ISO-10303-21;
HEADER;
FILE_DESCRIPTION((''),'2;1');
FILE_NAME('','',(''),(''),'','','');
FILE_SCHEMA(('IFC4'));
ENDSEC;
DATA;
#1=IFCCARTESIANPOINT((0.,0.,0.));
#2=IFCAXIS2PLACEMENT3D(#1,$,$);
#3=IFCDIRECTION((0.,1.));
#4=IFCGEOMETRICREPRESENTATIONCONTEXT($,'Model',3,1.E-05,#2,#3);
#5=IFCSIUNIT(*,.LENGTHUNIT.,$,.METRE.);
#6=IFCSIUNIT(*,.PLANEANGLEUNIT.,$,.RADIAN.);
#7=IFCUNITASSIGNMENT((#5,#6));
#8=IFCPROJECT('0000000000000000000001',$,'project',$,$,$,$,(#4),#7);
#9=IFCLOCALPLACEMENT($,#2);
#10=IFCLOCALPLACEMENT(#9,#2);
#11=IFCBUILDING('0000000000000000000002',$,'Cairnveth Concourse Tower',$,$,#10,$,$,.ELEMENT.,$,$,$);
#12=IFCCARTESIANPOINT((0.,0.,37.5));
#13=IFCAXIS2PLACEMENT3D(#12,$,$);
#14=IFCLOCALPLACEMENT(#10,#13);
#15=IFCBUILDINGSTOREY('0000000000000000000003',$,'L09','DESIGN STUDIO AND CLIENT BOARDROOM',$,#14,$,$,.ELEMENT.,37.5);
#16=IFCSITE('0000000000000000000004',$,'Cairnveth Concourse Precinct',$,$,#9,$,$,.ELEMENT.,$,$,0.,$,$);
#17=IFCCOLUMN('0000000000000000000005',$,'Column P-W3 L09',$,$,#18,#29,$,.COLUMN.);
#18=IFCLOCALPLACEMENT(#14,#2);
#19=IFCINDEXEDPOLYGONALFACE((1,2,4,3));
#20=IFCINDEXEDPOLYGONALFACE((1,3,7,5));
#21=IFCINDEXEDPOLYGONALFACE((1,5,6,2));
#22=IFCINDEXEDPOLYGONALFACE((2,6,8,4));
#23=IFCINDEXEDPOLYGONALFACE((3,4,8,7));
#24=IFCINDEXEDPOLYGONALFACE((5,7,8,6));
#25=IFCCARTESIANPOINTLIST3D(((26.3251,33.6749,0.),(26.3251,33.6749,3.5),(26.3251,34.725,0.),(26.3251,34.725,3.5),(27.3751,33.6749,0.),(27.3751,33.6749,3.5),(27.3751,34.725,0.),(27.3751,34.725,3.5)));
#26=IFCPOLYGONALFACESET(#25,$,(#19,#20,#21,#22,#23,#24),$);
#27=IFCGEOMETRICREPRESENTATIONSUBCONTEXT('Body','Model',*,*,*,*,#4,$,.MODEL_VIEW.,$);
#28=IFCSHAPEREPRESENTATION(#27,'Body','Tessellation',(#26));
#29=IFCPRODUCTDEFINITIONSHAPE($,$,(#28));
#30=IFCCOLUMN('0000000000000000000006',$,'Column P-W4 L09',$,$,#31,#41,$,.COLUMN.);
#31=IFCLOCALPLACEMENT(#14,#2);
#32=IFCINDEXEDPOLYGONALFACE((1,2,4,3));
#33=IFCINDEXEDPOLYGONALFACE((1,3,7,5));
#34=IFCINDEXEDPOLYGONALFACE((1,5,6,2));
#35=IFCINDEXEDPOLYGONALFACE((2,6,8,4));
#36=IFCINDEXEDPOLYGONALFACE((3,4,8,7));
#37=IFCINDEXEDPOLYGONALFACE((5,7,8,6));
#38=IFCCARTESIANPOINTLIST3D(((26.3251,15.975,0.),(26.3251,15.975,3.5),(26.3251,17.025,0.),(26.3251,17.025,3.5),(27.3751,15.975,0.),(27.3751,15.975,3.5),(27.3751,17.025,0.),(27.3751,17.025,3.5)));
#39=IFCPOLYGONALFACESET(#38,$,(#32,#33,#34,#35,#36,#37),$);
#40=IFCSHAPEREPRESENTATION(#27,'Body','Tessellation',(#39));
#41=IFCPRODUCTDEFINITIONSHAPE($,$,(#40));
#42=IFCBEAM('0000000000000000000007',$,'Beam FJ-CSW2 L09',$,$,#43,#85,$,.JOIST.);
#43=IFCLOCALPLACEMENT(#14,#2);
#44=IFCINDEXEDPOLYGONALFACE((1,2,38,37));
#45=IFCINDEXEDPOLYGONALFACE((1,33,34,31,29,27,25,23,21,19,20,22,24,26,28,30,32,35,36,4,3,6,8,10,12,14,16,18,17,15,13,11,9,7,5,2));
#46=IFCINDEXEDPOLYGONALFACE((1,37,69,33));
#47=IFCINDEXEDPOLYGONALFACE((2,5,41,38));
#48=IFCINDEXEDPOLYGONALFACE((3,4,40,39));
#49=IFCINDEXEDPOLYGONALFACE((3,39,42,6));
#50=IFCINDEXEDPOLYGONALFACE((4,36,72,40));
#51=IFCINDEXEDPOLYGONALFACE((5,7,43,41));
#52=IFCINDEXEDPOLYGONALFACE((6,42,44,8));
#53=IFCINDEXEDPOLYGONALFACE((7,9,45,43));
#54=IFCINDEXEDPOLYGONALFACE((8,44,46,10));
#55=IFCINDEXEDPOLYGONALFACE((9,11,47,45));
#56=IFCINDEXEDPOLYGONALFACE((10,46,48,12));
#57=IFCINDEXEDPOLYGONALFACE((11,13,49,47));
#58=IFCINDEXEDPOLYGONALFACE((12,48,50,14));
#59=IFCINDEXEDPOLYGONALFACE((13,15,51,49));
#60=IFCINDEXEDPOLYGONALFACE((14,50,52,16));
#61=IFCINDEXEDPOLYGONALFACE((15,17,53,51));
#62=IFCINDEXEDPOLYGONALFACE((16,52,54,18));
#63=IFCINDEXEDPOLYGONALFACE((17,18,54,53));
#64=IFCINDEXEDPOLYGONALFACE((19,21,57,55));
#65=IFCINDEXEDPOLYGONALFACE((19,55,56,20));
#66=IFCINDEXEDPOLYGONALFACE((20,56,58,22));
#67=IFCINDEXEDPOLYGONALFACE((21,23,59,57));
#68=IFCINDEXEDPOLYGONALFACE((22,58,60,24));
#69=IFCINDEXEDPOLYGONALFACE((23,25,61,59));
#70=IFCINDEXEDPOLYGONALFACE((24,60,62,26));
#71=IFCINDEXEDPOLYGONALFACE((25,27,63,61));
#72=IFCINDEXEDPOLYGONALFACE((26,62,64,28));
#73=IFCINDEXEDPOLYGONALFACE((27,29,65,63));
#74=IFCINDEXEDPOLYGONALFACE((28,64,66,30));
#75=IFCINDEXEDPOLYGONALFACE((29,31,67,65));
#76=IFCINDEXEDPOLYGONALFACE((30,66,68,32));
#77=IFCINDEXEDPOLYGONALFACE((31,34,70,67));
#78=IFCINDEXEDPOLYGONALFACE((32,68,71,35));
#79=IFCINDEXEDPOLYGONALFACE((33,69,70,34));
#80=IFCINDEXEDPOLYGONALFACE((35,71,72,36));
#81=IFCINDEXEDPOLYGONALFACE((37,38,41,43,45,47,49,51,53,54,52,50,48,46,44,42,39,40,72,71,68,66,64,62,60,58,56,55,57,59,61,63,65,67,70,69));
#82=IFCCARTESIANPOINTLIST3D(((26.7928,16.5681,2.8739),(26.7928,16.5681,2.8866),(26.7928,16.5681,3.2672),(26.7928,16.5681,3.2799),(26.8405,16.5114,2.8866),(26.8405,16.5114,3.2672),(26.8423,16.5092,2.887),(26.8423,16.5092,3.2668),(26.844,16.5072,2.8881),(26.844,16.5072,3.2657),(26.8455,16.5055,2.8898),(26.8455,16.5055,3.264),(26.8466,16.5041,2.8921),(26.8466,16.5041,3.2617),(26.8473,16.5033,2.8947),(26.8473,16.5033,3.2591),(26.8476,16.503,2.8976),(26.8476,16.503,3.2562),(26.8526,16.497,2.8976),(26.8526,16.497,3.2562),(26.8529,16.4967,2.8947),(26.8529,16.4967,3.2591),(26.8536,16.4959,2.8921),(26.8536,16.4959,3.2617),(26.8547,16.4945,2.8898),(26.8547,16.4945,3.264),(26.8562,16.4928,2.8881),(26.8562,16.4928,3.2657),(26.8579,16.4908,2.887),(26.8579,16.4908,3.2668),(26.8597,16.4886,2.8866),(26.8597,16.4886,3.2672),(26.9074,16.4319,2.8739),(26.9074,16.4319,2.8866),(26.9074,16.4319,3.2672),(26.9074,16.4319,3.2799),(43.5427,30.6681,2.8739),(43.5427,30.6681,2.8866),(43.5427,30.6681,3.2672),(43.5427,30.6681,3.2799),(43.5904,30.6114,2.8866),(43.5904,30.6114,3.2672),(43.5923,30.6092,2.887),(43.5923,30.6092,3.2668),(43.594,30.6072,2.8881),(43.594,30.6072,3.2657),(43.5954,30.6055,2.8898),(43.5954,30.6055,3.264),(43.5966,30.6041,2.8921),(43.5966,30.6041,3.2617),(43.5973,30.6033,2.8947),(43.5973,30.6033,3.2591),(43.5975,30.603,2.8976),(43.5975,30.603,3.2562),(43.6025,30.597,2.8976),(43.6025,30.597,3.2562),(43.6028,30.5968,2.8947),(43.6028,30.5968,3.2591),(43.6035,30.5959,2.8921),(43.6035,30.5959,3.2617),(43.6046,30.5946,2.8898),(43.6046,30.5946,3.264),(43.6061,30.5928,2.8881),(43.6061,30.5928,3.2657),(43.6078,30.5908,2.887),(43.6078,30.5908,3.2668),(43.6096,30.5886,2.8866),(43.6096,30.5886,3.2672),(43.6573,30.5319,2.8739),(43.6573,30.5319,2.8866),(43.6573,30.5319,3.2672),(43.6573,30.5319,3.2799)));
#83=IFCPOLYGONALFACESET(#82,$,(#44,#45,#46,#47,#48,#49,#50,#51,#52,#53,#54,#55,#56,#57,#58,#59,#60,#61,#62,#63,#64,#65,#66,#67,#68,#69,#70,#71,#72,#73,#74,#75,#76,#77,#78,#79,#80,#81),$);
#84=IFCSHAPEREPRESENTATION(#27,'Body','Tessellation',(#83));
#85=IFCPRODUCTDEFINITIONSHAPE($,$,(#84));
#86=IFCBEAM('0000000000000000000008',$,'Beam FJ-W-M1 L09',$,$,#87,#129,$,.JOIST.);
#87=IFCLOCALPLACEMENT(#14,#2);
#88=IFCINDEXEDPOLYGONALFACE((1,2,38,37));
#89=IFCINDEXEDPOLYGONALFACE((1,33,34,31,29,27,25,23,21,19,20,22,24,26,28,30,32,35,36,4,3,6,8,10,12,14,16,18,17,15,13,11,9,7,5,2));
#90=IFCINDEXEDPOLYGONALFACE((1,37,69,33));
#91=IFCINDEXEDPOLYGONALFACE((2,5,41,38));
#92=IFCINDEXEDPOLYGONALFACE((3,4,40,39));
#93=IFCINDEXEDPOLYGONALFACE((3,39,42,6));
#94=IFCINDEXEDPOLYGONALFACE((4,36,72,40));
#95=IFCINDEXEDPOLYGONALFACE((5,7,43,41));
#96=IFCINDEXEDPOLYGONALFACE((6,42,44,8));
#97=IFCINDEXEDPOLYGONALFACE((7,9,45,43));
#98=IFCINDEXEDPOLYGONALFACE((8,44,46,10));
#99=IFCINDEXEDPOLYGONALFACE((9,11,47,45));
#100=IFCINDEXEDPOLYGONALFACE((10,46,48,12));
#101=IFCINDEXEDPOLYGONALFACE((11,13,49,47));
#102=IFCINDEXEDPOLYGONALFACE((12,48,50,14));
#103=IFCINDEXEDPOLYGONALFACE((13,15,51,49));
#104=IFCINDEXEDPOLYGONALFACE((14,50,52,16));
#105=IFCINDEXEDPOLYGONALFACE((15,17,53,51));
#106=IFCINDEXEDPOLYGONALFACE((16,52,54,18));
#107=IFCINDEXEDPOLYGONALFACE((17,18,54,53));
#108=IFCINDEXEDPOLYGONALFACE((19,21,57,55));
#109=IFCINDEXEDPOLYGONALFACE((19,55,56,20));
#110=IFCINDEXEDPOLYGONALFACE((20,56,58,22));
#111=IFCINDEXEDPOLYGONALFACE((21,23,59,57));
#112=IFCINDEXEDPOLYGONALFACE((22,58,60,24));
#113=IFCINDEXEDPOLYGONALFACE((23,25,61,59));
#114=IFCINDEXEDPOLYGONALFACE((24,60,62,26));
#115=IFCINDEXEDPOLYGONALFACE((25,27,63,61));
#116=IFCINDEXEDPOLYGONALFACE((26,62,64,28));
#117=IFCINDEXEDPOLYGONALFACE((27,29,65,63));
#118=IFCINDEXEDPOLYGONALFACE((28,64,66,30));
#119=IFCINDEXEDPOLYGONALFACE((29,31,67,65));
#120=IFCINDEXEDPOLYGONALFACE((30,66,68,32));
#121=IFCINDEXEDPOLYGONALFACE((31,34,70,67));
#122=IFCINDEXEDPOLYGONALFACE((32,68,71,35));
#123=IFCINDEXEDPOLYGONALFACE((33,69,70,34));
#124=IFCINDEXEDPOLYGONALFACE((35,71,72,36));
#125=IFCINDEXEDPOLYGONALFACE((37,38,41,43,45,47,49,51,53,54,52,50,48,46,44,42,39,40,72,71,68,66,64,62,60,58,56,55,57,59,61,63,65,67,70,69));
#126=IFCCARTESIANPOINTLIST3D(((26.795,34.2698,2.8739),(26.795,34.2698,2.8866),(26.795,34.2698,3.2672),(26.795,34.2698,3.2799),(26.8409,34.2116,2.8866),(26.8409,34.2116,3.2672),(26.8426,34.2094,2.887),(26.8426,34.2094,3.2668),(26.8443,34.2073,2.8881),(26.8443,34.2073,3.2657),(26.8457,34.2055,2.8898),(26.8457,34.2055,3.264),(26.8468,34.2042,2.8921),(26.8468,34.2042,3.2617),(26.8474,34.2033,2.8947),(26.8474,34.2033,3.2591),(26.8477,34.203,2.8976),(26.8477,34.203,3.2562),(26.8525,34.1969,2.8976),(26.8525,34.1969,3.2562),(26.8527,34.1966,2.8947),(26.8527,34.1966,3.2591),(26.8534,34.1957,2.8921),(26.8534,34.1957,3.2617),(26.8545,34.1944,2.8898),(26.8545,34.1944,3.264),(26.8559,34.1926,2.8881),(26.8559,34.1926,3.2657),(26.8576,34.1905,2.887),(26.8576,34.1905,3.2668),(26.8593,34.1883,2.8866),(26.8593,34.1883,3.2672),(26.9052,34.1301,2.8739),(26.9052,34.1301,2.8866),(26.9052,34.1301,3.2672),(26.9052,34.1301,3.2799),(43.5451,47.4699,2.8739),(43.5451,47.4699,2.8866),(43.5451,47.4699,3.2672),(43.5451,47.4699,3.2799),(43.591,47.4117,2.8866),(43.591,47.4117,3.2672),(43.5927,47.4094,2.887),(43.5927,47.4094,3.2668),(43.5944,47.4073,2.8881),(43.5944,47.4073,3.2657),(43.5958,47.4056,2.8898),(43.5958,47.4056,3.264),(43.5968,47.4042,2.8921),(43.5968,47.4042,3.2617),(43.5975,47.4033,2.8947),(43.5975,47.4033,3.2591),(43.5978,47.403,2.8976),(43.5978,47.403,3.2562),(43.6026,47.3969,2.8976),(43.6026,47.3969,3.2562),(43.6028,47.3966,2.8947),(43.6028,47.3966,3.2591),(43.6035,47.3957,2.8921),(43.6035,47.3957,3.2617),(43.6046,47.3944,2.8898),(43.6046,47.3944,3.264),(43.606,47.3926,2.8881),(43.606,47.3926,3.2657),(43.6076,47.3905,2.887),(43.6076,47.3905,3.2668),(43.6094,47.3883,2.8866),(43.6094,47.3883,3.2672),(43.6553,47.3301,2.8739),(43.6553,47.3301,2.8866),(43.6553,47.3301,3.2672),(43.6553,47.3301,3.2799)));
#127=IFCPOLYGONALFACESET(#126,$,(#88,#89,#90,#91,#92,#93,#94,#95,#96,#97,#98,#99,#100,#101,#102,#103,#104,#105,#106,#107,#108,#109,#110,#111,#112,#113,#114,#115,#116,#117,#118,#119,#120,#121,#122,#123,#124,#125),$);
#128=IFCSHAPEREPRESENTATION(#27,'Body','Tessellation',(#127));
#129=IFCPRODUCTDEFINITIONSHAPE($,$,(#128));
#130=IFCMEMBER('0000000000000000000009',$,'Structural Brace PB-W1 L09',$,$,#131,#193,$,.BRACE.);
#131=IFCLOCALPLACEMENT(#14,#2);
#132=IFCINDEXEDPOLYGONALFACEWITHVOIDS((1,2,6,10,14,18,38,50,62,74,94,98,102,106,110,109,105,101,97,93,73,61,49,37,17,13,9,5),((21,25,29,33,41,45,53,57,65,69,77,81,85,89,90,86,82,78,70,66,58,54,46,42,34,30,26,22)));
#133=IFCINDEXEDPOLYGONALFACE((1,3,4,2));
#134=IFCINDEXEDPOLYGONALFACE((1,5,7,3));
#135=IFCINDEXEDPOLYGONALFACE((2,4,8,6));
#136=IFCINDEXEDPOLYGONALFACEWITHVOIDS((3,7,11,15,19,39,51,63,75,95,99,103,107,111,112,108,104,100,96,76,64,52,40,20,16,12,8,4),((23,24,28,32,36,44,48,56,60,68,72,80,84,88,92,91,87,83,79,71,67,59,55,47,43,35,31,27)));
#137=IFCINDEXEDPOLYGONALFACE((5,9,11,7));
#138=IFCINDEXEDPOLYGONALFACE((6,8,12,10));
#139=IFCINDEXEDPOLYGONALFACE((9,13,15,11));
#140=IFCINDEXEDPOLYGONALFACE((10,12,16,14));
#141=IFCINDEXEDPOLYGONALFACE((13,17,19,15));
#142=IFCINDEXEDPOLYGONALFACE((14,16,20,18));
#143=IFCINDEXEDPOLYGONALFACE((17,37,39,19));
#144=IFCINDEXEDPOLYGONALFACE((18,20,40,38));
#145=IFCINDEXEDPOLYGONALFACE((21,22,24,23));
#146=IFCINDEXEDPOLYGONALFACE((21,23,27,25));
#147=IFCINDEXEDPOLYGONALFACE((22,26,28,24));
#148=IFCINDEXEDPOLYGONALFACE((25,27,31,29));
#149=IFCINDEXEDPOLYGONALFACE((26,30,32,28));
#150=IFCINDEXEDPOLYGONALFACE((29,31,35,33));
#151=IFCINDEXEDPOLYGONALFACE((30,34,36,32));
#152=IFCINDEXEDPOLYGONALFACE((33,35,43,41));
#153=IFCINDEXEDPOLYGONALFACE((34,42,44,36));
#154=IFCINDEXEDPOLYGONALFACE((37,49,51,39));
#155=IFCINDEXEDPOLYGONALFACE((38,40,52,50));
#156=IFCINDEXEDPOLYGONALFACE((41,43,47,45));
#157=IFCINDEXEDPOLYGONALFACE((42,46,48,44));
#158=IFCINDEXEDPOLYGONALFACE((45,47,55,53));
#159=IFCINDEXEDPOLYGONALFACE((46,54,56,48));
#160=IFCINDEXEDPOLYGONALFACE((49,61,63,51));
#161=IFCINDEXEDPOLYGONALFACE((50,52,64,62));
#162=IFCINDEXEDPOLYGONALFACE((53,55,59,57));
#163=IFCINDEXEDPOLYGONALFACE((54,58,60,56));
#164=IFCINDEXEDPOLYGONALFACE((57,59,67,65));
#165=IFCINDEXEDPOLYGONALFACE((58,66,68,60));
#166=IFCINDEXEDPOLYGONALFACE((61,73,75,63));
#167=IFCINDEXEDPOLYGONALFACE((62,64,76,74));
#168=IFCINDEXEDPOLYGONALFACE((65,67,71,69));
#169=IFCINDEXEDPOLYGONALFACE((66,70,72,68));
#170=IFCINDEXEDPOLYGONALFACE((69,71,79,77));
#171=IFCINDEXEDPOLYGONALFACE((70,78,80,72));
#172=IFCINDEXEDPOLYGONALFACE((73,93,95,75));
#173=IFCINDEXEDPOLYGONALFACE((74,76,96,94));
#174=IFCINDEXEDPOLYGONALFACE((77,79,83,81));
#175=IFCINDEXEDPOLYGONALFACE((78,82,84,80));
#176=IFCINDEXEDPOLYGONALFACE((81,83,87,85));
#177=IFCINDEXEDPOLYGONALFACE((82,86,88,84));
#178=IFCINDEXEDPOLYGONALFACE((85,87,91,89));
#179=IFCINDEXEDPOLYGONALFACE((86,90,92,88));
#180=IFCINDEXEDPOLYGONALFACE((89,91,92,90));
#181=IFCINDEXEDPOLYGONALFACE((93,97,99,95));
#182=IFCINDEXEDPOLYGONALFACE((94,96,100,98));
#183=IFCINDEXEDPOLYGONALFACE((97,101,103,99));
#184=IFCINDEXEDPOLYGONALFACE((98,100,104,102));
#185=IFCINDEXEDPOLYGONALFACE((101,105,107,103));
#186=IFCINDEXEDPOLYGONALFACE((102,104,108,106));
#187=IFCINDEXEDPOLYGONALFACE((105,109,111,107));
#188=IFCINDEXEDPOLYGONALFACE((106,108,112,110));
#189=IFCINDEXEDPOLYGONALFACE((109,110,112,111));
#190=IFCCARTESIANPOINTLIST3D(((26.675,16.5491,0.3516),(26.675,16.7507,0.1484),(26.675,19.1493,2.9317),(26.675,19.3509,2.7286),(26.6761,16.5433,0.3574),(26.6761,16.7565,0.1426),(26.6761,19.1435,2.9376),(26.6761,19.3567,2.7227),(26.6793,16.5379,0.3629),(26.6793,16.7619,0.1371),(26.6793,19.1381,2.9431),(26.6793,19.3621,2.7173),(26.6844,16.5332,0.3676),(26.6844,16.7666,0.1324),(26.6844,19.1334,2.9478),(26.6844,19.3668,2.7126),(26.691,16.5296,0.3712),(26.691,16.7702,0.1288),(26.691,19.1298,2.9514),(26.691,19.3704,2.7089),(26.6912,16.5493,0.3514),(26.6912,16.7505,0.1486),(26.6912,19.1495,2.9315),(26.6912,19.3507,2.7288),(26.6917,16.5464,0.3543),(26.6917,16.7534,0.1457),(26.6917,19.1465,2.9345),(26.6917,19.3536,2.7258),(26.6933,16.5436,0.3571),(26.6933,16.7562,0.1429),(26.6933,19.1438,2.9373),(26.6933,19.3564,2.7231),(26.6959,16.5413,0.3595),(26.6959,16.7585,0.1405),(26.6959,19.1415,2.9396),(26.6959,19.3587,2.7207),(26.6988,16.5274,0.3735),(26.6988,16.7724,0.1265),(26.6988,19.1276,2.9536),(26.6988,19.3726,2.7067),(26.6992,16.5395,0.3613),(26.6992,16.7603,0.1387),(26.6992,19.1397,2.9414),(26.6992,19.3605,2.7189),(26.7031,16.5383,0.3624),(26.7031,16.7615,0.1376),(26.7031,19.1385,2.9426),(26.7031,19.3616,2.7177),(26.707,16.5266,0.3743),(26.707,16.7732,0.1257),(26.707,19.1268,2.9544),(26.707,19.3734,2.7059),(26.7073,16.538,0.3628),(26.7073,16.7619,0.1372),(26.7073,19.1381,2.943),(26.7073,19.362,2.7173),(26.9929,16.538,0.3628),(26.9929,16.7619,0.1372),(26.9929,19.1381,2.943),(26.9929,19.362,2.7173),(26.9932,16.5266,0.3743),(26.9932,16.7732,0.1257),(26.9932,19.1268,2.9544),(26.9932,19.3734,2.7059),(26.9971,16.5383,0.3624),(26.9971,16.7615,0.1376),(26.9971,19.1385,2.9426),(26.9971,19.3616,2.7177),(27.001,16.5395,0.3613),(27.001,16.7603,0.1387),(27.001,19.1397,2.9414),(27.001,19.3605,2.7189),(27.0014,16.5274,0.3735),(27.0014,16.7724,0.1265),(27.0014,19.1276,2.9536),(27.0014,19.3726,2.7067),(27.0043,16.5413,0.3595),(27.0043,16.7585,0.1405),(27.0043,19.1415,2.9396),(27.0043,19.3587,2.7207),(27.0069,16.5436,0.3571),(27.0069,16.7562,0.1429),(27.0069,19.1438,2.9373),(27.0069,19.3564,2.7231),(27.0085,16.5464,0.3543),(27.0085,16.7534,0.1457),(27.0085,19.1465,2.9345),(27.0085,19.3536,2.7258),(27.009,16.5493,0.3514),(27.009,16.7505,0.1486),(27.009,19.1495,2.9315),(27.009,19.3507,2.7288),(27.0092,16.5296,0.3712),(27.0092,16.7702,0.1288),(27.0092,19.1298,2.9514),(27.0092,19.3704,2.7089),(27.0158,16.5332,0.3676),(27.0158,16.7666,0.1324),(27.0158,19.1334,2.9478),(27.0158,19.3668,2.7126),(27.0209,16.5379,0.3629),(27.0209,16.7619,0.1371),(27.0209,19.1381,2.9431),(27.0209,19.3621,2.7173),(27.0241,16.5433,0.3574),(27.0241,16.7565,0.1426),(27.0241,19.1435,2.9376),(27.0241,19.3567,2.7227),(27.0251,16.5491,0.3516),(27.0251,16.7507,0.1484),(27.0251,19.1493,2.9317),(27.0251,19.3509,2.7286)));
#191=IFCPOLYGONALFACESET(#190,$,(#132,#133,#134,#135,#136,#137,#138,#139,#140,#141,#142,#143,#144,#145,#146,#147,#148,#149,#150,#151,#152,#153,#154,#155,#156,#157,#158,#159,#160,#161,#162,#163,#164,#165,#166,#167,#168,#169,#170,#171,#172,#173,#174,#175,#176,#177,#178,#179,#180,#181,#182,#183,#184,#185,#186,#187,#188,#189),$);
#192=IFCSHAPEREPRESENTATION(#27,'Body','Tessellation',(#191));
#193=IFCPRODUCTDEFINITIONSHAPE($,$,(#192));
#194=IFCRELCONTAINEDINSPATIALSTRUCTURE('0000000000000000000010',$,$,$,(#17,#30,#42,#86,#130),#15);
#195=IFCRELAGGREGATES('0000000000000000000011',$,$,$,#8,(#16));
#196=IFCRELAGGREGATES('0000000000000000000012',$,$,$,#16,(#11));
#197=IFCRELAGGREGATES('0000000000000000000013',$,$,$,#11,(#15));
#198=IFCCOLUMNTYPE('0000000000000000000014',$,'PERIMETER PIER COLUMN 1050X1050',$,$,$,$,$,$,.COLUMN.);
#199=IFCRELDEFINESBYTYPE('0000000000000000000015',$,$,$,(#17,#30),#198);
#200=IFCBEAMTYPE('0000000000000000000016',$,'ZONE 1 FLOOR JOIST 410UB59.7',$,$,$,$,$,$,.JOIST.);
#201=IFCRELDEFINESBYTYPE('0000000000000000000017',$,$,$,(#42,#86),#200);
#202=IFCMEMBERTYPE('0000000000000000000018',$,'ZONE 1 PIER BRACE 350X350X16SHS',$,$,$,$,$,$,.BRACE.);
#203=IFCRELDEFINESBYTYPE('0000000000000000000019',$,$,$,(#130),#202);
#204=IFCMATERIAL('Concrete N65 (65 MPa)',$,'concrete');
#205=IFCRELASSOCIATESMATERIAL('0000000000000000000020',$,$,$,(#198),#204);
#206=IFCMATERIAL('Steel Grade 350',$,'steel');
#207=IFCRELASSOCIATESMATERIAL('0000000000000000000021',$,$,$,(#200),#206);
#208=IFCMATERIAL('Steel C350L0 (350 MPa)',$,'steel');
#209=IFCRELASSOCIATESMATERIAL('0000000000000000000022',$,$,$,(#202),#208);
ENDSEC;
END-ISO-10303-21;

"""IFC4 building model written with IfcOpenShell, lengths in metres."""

from ifc_helpers import new_model, si_unit, direction, frame, origin, origin_2d, place, context, subcontext, project, spatial, rectangle, hollow_rectangle, i_section, extrude, material, material_profile, profile_set, type_object, element, save


model = new_model("IFC4")

# Units and contexts
model_context = context("Model", 3, precision=1e-05, world=origin(), true_north=direction((0.0, 1.0)))
body_context = subcontext(model_context, "Body", "Model", "MODEL_VIEW")
ifc_project = project(units=[si_unit("LENGTHUNIT", "METRE"), si_unit("PLANEANGLEUNIT", "RADIAN")], contexts=[model_context])

# Site, building, storey
site_placement = place(None, origin())
site = spatial("IfcSite", under=ifc_project, at=site_placement, Name="Cairnveth Concourse Precinct", CompositionType="ELEMENT", RefElevation=0.0)
building_placement = place(site_placement, origin())
building = spatial("IfcBuilding", under=site, at=building_placement, Name="Cairnveth Concourse Tower", CompositionType="ELEMENT")
storey_placement = place(building_placement, frame((0.0, 0.0, 37.5)))
storey = spatial("IfcBuildingStorey", under=building, at=storey_placement, Name="L09", Description="DESIGN STUDIO AND CLIENT BOARDROOM", CompositionType="ELEMENT", Elevation=37.5)

# Columns
ifc_material_1 = material(Name="Concrete N65 (65 MPa)", Category="concrete")
ifc_material_profile_1 = material_profile(ifc_material_1, rectangle(XDim=1.05, YDim=1.05, at=origin_2d()), Name="RC-COL-1050x1050")
ifc_profile_set_1 = profile_set([ifc_material_profile_1], Name="Concrete N65 (65 MPa)")
column_type = type_object("IfcColumnType", Name="PERIMETER PIER COLUMN 1050X1050", PredefinedType="COLUMN", material=ifc_profile_set_1)
for number, where, z_axis, x_axis, name in (
    (1, (26.8501, 34.2, 0.0), (0.0, 0.0, 1.0), (0.0, 1.0, 0.0), "Column P-W3 L09"),
    (2, (26.8501, 16.5, 0.0), (0.0, 0.0, 1.0), (0.0, 1.0, 0.0), "Column P-W4 L09"),
):
    element("IfcColumn", number, at=place(storey_placement, frame(where, z_axis=z_axis, x_axis=x_axis)), inside=storey, type_object=column_type, Name=name, PredefinedType="COLUMN", context=body_context, shape_type="SweptSolid", body=[
        extrude(rectangle(XDim=1.05, YDim=1.05, at=origin_2d()), origin(), (0.0, 0.0, 1.0), 3.5),
    ])

# Beams
ifc_material_2 = material(Name="Steel Grade 350", Category="steel")
ifc_material_profile_2 = material_profile(ifc_material_2, i_section(OverallWidth=0.178, OverallDepth=0.406, WebThickness=0.0078, FlangeThickness=0.0127, FilletRadius=0.011, at=origin_2d()), Name="410UB59.7")
ifc_profile_set_2 = profile_set([ifc_material_profile_2], Name="Steel Grade 350")
beam_type_1 = type_object("IfcBeamType", Name="ZONE 1 FLOOR JOIST 410UB59.7", PredefinedType="JOIST", material=ifc_profile_set_2)
beam_1_placement = place(storey_placement, frame((26.8501, 16.5, 3.0769), z_axis=(0.765027, 0.643998, 0.0), x_axis=(-0.643998, 0.765027, 0.0)))
element("IfcBeam", 3, at=beam_1_placement, inside=storey, type_object=beam_type_1, Name="Beam FJ-CSW2 L09", PredefinedType="JOIST", context=body_context, shape_type="SweptSolid", body=[
    extrude(i_section(OverallWidth=0.178, OverallDepth=0.406, WebThickness=0.0078, FlangeThickness=0.0127, FilletRadius=0.011, at=origin_2d()), origin(), (0.0, 0.0, 1.0), 21.8945),
])
beam_2_placement = place(storey_placement, frame((26.8501, 34.2, 3.0769), z_axis=(0.785424, 0.618958, 0.0), x_axis=(-0.618958, 0.785424, 0.0)))
element("IfcBeam", 4, at=beam_2_placement, inside=storey, type_object=beam_type_1, Name="Beam FJ-W-M1 L09", PredefinedType="JOIST", context=body_context, shape_type="SweptSolid", body=[
    extrude(i_section(OverallWidth=0.178, OverallDepth=0.406, WebThickness=0.0078, FlangeThickness=0.0127, FilletRadius=0.011, at=origin_2d()), origin(), (0.0, 0.0, 1.0), 21.3262),
])

# Member
ifc_material_3 = material(Name="Steel C350L0 (350 MPa)", Category="steel")
ifc_material_profile_3 = material_profile(ifc_material_3, hollow_rectangle(XDim=0.3501, YDim=0.3501, WallThickness=0.0161, InnerFilletRadius=0.0161, OuterFilletRadius=0.032, at=origin_2d()), Name="350x350x16.0SHS")
ifc_profile_set_3 = profile_set([ifc_material_profile_3], Name="Steel C350L0 (350 MPa)")
member_type = type_object("IfcMemberType", Name="ZONE 1 PIER BRACE 350X350X16SHS", PredefinedType="BRACE", material=ifc_profile_set_3)
member_placement = place(storey_placement, frame((26.8501, 16.6499, 0.25), z_axis=(0.0, 0.709834, 0.704369), x_axis=(-1.0, 0.0, 0.0)))
element("IfcMember", 5, at=member_placement, inside=storey, type_object=member_type, Name="Structural Brace PB-W1 L09", PredefinedType="BRACE", context=body_context, shape_type="SweptSolid", body=[
    extrude(hollow_rectangle(XDim=0.3501, YDim=0.3501, WallThickness=0.0161, InnerFilletRadius=0.0161, OuterFilletRadius=0.032, at=origin_2d()), origin(), (0.0, 0.0, 1.0), 3.6631),
])

save(model, "model.ifc")
